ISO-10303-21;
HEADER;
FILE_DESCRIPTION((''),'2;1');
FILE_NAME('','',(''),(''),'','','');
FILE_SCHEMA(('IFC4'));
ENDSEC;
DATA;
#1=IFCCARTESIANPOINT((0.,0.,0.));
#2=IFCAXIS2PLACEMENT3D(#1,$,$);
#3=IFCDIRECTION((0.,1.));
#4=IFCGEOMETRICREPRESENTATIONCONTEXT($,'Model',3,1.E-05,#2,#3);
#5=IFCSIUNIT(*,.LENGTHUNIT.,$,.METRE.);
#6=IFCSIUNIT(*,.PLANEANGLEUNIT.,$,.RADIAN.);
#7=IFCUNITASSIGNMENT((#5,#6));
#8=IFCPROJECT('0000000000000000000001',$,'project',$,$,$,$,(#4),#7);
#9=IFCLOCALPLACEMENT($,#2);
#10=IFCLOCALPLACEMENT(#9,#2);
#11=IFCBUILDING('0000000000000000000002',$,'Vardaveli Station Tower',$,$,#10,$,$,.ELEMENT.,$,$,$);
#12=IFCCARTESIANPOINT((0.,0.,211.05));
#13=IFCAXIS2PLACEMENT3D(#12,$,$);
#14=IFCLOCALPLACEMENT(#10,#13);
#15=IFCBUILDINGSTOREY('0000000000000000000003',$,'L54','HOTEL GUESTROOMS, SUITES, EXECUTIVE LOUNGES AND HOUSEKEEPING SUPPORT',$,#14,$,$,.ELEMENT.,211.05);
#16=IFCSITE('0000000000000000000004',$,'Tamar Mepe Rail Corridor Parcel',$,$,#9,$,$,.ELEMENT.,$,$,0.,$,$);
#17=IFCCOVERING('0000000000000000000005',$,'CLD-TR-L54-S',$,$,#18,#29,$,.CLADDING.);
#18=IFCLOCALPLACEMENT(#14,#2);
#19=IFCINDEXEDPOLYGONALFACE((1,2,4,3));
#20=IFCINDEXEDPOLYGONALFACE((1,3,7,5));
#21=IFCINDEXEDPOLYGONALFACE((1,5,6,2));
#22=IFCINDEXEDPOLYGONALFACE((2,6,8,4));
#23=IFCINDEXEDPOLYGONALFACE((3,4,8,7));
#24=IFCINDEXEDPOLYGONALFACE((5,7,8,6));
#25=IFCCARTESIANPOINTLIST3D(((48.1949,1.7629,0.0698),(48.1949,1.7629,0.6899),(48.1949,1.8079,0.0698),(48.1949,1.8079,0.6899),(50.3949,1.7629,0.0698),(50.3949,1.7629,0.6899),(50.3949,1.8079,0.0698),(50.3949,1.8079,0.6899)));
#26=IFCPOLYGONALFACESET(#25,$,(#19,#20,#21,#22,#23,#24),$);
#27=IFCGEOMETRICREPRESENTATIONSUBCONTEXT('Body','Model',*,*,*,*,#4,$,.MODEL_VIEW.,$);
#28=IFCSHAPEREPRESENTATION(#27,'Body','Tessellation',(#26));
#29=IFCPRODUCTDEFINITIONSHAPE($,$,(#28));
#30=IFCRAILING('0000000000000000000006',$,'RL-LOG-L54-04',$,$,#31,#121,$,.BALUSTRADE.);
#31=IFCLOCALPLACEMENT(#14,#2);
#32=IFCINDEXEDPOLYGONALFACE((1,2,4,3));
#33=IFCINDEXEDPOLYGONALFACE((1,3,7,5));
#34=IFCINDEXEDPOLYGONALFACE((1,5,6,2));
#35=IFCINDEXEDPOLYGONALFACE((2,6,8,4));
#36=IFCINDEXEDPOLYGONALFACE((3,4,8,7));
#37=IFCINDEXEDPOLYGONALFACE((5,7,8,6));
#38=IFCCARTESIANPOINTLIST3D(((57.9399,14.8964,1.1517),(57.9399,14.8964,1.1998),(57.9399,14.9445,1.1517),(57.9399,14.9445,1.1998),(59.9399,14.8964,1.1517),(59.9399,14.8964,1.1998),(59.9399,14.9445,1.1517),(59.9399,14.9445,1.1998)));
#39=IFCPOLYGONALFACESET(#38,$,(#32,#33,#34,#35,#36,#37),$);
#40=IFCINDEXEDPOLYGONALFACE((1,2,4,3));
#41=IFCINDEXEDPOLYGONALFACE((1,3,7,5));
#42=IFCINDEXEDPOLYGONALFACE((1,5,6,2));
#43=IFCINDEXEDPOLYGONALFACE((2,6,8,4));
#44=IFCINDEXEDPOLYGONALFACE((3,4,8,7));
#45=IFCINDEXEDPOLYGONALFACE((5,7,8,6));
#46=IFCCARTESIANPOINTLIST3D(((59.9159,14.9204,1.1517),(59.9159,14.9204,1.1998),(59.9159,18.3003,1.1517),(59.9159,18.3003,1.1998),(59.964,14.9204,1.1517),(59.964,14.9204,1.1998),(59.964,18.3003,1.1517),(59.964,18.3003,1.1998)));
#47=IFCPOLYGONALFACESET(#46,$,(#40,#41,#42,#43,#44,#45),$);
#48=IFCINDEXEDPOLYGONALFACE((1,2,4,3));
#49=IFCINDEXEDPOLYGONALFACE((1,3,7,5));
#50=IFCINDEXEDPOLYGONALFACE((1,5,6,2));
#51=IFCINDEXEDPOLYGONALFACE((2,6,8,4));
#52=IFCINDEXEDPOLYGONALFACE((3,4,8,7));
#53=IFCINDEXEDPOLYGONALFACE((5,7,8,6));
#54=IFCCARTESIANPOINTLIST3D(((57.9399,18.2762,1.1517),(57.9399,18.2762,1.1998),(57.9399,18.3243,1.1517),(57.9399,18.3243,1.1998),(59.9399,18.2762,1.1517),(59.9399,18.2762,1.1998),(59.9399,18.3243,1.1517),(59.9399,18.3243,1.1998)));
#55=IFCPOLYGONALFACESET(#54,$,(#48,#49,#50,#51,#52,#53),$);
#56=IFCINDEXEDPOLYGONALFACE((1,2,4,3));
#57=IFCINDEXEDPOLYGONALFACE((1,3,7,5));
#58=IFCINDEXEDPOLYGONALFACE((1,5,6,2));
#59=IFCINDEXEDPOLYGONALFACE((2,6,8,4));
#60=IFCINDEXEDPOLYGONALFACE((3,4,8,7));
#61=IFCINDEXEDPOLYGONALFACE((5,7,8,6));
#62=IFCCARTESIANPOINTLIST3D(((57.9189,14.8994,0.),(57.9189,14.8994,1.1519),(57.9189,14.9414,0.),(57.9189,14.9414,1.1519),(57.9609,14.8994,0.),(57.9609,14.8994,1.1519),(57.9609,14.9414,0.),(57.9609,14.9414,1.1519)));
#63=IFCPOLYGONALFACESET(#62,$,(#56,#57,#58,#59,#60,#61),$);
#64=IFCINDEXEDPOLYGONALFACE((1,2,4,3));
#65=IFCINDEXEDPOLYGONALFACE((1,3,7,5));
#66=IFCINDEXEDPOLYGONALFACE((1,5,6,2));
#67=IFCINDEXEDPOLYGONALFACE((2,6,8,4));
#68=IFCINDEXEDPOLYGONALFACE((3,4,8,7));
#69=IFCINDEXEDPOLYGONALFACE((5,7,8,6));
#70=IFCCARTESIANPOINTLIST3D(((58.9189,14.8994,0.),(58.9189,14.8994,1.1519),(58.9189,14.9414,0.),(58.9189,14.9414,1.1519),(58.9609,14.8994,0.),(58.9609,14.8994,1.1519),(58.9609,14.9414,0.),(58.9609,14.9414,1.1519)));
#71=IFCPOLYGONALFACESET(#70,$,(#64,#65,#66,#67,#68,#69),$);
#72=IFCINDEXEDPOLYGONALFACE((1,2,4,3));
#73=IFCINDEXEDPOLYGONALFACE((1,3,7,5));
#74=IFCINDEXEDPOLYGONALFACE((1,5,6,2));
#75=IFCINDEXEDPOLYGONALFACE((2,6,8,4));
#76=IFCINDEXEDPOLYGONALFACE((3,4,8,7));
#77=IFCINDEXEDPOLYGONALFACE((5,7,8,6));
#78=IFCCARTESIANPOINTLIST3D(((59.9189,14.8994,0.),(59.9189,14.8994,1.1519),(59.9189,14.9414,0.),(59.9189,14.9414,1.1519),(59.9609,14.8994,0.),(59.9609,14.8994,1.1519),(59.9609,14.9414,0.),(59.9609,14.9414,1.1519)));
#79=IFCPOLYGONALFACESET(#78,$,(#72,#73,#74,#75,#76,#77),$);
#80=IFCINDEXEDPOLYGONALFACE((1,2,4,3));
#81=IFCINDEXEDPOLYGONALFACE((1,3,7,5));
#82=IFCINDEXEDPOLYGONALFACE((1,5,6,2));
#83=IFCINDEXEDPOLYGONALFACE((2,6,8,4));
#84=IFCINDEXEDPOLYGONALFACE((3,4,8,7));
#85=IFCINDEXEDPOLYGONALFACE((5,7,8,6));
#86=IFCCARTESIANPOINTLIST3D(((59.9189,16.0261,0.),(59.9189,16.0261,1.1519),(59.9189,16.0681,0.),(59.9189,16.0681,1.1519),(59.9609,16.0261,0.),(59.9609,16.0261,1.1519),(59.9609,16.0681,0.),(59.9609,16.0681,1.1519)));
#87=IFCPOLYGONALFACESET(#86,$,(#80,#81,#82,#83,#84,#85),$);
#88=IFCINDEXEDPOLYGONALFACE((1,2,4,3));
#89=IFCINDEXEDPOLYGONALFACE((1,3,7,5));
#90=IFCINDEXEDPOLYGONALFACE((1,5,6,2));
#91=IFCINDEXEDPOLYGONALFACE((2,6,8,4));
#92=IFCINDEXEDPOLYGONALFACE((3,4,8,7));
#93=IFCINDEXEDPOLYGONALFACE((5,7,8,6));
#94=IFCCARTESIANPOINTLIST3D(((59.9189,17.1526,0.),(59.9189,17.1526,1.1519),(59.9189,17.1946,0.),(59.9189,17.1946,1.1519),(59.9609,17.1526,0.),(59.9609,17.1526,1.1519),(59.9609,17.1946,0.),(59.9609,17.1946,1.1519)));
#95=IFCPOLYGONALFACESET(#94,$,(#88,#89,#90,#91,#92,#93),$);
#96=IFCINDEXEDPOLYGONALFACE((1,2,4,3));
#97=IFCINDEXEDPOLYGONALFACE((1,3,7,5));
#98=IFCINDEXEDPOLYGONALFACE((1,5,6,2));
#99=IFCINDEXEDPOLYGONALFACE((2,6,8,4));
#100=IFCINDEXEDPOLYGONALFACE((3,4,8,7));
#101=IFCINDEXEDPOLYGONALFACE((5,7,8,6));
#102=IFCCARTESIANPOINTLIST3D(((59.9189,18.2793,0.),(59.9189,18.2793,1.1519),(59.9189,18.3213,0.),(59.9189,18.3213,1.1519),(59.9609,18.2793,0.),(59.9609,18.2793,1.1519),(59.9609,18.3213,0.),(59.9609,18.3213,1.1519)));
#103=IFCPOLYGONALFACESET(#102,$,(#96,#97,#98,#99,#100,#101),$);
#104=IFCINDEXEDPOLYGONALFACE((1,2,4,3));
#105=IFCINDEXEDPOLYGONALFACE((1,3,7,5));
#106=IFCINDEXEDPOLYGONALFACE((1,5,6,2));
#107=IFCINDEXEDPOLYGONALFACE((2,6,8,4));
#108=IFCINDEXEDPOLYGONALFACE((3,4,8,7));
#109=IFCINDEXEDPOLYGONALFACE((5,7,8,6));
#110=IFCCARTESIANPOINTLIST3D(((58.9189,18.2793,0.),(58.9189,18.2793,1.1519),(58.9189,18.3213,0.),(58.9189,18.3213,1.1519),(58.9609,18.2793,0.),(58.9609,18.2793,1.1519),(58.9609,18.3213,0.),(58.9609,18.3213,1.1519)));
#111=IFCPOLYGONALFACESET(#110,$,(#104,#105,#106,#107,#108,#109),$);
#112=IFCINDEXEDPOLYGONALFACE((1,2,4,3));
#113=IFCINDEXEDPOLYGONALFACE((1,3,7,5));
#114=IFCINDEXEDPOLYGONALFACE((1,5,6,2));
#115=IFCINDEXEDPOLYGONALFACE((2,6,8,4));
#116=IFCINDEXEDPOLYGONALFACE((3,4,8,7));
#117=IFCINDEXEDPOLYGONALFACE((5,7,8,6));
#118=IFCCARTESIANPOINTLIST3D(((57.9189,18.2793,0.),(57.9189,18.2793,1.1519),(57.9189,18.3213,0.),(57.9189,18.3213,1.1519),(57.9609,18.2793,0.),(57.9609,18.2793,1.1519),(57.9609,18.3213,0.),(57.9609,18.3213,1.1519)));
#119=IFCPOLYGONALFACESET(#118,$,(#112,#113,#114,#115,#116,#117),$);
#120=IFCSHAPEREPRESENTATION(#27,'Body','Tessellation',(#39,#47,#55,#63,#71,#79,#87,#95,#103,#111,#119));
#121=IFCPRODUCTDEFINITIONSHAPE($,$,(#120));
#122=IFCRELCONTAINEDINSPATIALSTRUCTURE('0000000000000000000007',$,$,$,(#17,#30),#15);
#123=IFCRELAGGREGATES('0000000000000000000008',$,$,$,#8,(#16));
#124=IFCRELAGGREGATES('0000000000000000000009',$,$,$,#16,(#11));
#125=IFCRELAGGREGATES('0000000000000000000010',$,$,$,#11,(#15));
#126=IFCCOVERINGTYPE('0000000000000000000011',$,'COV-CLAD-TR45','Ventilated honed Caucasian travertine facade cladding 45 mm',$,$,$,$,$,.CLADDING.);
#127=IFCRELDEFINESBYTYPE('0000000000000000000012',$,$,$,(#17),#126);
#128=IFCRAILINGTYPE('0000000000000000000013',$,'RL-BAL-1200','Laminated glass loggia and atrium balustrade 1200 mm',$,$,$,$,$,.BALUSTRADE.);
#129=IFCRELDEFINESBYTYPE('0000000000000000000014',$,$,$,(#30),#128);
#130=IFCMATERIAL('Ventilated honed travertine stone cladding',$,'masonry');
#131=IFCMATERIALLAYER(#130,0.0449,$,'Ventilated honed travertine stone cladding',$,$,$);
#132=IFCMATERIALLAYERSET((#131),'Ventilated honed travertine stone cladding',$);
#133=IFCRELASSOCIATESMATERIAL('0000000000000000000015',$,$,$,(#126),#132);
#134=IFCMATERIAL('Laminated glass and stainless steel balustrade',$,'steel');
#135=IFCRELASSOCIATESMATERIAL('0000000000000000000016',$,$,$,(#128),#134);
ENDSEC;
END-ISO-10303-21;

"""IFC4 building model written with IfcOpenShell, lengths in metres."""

from ifc_helpers import new_model, si_unit, direction, frame, origin, origin_2d, place, context, subcontext, project, spatial, rectangle, extrude, source, transform, mapped, material, layer, layer_set, type_object, element, save


model = new_model("IFC4")

# Units and contexts
model_context = context("Model", 3, precision=1e-05, world=origin(), true_north=direction((0.0, 1.0)))
body_context = subcontext(model_context, "Body", "Model", "MODEL_VIEW")
ifc_project = project(units=[si_unit("LENGTHUNIT", "METRE"), si_unit("PLANEANGLEUNIT", "RADIAN")], contexts=[model_context])

# Site, building, storey
site_placement = place(None, origin())
site = spatial("IfcSite", under=ifc_project, at=site_placement, Name="Tamar Mepe Rail Corridor Parcel", CompositionType="ELEMENT", RefElevation=0.0)
building_placement = place(site_placement, origin())
building = spatial("IfcBuilding", under=site, at=building_placement, Name="Vardaveli Station Tower", CompositionType="ELEMENT")
storey_placement = place(building_placement, frame((0.0, 0.0, 211.05)))
storey = spatial("IfcBuildingStorey", under=building, at=storey_placement, Name="L54", Description="HOTEL GUESTROOMS, SUITES, EXECUTIVE LOUNGES AND HOUSEKEEPING SUPPORT", CompositionType="ELEMENT", Elevation=211.05)

# Covering
ifc_material_1 = material(Name="Ventilated honed travertine stone cladding", Category="masonry")
ifc_layer_1 = layer(ifc_material_1, 0.0449, Name="Ventilated honed travertine stone cladding")
ifc_layer_set_1 = layer_set([ifc_layer_1], Name="Ventilated honed travertine stone cladding")
covering_type = type_object("IfcCoveringType", Name="COV-CLAD-TR45", Description="Ventilated honed Caucasian travertine facade cladding 45 mm", PredefinedType="CLADDING", material=ifc_layer_set_1)
shared_shape_1 = source(origin(), body_context, "Body", "SweptSolid", [
    extrude(rectangle(XDim=2.2, YDim=0.0449, at=origin_2d()), origin(), (0.0, 0.0, 1.0), 0.6201),
])
covering_placement = place(storey_placement, frame((49.2949, 1.7854, 0.0698), z_axis=(0.0, 0.0, 1.0), x_axis=(1.0, 0.0, 0.0)))
element("IfcCovering", 1, at=covering_placement, inside=storey, type_object=covering_type, Name="CLD-TR-L54-S", PredefinedType="CLADDING", context=body_context, shape_type="MappedRepresentation", body=[
    mapped(shared_shape_1, transform((0.0, 0.0, 0.0), scale=1.0)),
])

# Railing
ifc_material_2 = material(Name="Laminated glass and stainless steel balustrade", Category="steel")
railing_type = type_object("IfcRailingType", Name="RL-BAL-1200", Description="Laminated glass loggia and atrium balustrade 1200 mm", PredefinedType="BALUSTRADE", material=ifc_material_2)
shared_shape_2 = source(origin(), body_context, "Body", "SweptSolid", [
    extrude(rectangle(XDim=0.0481, YDim=0.0481, at=origin_2d()), frame((0.0, 0.0, 1.1758), z_axis=(1.0, 0.0, 0.0), x_axis=(0.0, 1.0, 0.0)), (0.0, 0.0, 1.0), 2.0),
    extrude(rectangle(XDim=0.0481, YDim=0.0481, at=origin_2d()), frame((2.0, 0.0, 1.1758), z_axis=(0.0, 1.0, 0.0), x_axis=(-1.0, 0.0, 0.0)), (0.0, 0.0, 1.0), 3.3799),
    extrude(rectangle(XDim=0.0481, YDim=0.0481, at=origin_2d()), frame((2.0, 3.3799, 1.1758), z_axis=(-1.0, 0.0, 0.0), x_axis=(0.0, -1.0, 0.0)), (0.0, 0.0, 1.0), 2.0),
    extrude(rectangle(XDim=0.042, YDim=0.042, at=origin_2d()), origin(), (0.0, 0.0, 1.0), 1.1519),
    extrude(rectangle(XDim=0.042, YDim=0.042, at=origin_2d()), frame((1.0, 0.0, 0.0)), (0.0, 0.0, 1.0), 1.1519),
    extrude(rectangle(XDim=0.042, YDim=0.042, at=origin_2d()), frame((2.0, 0.0, 0.0)), (0.0, 0.0, 1.0), 1.1519),
    extrude(rectangle(XDim=0.042, YDim=0.042, at=origin_2d()), frame((2.0, 1.1267, 0.0)), (0.0, 0.0, 1.0), 1.1519),
    extrude(rectangle(XDim=0.042, YDim=0.042, at=origin_2d()), frame((2.0, 2.2532, 0.0)), (0.0, 0.0, 1.0), 1.1519),
    extrude(rectangle(XDim=0.042, YDim=0.042, at=origin_2d()), frame((2.0, 3.3799, 0.0)), (0.0, 0.0, 1.0), 1.1519),
    extrude(rectangle(XDim=0.042, YDim=0.042, at=origin_2d()), frame((1.0, 3.3799, 0.0)), (0.0, 0.0, 1.0), 1.1519),
    extrude(rectangle(XDim=0.042, YDim=0.042, at=origin_2d()), frame((0.0, 3.3799, 0.0)), (0.0, 0.0, 1.0), 1.1519),
])
railing_placement = place(storey_placement, frame((57.9399, 14.9204, 0.0)))
element("IfcRailing", 2, at=railing_placement, inside=storey, type_object=railing_type, Name="RL-LOG-L54-04", PredefinedType="BALUSTRADE", context=body_context, shape_type="MappedRepresentation", body=[
    mapped(shared_shape_2, transform((0.0, 0.0, 0.0), scale=1.0)),
])

save(model, "model.ifc")
